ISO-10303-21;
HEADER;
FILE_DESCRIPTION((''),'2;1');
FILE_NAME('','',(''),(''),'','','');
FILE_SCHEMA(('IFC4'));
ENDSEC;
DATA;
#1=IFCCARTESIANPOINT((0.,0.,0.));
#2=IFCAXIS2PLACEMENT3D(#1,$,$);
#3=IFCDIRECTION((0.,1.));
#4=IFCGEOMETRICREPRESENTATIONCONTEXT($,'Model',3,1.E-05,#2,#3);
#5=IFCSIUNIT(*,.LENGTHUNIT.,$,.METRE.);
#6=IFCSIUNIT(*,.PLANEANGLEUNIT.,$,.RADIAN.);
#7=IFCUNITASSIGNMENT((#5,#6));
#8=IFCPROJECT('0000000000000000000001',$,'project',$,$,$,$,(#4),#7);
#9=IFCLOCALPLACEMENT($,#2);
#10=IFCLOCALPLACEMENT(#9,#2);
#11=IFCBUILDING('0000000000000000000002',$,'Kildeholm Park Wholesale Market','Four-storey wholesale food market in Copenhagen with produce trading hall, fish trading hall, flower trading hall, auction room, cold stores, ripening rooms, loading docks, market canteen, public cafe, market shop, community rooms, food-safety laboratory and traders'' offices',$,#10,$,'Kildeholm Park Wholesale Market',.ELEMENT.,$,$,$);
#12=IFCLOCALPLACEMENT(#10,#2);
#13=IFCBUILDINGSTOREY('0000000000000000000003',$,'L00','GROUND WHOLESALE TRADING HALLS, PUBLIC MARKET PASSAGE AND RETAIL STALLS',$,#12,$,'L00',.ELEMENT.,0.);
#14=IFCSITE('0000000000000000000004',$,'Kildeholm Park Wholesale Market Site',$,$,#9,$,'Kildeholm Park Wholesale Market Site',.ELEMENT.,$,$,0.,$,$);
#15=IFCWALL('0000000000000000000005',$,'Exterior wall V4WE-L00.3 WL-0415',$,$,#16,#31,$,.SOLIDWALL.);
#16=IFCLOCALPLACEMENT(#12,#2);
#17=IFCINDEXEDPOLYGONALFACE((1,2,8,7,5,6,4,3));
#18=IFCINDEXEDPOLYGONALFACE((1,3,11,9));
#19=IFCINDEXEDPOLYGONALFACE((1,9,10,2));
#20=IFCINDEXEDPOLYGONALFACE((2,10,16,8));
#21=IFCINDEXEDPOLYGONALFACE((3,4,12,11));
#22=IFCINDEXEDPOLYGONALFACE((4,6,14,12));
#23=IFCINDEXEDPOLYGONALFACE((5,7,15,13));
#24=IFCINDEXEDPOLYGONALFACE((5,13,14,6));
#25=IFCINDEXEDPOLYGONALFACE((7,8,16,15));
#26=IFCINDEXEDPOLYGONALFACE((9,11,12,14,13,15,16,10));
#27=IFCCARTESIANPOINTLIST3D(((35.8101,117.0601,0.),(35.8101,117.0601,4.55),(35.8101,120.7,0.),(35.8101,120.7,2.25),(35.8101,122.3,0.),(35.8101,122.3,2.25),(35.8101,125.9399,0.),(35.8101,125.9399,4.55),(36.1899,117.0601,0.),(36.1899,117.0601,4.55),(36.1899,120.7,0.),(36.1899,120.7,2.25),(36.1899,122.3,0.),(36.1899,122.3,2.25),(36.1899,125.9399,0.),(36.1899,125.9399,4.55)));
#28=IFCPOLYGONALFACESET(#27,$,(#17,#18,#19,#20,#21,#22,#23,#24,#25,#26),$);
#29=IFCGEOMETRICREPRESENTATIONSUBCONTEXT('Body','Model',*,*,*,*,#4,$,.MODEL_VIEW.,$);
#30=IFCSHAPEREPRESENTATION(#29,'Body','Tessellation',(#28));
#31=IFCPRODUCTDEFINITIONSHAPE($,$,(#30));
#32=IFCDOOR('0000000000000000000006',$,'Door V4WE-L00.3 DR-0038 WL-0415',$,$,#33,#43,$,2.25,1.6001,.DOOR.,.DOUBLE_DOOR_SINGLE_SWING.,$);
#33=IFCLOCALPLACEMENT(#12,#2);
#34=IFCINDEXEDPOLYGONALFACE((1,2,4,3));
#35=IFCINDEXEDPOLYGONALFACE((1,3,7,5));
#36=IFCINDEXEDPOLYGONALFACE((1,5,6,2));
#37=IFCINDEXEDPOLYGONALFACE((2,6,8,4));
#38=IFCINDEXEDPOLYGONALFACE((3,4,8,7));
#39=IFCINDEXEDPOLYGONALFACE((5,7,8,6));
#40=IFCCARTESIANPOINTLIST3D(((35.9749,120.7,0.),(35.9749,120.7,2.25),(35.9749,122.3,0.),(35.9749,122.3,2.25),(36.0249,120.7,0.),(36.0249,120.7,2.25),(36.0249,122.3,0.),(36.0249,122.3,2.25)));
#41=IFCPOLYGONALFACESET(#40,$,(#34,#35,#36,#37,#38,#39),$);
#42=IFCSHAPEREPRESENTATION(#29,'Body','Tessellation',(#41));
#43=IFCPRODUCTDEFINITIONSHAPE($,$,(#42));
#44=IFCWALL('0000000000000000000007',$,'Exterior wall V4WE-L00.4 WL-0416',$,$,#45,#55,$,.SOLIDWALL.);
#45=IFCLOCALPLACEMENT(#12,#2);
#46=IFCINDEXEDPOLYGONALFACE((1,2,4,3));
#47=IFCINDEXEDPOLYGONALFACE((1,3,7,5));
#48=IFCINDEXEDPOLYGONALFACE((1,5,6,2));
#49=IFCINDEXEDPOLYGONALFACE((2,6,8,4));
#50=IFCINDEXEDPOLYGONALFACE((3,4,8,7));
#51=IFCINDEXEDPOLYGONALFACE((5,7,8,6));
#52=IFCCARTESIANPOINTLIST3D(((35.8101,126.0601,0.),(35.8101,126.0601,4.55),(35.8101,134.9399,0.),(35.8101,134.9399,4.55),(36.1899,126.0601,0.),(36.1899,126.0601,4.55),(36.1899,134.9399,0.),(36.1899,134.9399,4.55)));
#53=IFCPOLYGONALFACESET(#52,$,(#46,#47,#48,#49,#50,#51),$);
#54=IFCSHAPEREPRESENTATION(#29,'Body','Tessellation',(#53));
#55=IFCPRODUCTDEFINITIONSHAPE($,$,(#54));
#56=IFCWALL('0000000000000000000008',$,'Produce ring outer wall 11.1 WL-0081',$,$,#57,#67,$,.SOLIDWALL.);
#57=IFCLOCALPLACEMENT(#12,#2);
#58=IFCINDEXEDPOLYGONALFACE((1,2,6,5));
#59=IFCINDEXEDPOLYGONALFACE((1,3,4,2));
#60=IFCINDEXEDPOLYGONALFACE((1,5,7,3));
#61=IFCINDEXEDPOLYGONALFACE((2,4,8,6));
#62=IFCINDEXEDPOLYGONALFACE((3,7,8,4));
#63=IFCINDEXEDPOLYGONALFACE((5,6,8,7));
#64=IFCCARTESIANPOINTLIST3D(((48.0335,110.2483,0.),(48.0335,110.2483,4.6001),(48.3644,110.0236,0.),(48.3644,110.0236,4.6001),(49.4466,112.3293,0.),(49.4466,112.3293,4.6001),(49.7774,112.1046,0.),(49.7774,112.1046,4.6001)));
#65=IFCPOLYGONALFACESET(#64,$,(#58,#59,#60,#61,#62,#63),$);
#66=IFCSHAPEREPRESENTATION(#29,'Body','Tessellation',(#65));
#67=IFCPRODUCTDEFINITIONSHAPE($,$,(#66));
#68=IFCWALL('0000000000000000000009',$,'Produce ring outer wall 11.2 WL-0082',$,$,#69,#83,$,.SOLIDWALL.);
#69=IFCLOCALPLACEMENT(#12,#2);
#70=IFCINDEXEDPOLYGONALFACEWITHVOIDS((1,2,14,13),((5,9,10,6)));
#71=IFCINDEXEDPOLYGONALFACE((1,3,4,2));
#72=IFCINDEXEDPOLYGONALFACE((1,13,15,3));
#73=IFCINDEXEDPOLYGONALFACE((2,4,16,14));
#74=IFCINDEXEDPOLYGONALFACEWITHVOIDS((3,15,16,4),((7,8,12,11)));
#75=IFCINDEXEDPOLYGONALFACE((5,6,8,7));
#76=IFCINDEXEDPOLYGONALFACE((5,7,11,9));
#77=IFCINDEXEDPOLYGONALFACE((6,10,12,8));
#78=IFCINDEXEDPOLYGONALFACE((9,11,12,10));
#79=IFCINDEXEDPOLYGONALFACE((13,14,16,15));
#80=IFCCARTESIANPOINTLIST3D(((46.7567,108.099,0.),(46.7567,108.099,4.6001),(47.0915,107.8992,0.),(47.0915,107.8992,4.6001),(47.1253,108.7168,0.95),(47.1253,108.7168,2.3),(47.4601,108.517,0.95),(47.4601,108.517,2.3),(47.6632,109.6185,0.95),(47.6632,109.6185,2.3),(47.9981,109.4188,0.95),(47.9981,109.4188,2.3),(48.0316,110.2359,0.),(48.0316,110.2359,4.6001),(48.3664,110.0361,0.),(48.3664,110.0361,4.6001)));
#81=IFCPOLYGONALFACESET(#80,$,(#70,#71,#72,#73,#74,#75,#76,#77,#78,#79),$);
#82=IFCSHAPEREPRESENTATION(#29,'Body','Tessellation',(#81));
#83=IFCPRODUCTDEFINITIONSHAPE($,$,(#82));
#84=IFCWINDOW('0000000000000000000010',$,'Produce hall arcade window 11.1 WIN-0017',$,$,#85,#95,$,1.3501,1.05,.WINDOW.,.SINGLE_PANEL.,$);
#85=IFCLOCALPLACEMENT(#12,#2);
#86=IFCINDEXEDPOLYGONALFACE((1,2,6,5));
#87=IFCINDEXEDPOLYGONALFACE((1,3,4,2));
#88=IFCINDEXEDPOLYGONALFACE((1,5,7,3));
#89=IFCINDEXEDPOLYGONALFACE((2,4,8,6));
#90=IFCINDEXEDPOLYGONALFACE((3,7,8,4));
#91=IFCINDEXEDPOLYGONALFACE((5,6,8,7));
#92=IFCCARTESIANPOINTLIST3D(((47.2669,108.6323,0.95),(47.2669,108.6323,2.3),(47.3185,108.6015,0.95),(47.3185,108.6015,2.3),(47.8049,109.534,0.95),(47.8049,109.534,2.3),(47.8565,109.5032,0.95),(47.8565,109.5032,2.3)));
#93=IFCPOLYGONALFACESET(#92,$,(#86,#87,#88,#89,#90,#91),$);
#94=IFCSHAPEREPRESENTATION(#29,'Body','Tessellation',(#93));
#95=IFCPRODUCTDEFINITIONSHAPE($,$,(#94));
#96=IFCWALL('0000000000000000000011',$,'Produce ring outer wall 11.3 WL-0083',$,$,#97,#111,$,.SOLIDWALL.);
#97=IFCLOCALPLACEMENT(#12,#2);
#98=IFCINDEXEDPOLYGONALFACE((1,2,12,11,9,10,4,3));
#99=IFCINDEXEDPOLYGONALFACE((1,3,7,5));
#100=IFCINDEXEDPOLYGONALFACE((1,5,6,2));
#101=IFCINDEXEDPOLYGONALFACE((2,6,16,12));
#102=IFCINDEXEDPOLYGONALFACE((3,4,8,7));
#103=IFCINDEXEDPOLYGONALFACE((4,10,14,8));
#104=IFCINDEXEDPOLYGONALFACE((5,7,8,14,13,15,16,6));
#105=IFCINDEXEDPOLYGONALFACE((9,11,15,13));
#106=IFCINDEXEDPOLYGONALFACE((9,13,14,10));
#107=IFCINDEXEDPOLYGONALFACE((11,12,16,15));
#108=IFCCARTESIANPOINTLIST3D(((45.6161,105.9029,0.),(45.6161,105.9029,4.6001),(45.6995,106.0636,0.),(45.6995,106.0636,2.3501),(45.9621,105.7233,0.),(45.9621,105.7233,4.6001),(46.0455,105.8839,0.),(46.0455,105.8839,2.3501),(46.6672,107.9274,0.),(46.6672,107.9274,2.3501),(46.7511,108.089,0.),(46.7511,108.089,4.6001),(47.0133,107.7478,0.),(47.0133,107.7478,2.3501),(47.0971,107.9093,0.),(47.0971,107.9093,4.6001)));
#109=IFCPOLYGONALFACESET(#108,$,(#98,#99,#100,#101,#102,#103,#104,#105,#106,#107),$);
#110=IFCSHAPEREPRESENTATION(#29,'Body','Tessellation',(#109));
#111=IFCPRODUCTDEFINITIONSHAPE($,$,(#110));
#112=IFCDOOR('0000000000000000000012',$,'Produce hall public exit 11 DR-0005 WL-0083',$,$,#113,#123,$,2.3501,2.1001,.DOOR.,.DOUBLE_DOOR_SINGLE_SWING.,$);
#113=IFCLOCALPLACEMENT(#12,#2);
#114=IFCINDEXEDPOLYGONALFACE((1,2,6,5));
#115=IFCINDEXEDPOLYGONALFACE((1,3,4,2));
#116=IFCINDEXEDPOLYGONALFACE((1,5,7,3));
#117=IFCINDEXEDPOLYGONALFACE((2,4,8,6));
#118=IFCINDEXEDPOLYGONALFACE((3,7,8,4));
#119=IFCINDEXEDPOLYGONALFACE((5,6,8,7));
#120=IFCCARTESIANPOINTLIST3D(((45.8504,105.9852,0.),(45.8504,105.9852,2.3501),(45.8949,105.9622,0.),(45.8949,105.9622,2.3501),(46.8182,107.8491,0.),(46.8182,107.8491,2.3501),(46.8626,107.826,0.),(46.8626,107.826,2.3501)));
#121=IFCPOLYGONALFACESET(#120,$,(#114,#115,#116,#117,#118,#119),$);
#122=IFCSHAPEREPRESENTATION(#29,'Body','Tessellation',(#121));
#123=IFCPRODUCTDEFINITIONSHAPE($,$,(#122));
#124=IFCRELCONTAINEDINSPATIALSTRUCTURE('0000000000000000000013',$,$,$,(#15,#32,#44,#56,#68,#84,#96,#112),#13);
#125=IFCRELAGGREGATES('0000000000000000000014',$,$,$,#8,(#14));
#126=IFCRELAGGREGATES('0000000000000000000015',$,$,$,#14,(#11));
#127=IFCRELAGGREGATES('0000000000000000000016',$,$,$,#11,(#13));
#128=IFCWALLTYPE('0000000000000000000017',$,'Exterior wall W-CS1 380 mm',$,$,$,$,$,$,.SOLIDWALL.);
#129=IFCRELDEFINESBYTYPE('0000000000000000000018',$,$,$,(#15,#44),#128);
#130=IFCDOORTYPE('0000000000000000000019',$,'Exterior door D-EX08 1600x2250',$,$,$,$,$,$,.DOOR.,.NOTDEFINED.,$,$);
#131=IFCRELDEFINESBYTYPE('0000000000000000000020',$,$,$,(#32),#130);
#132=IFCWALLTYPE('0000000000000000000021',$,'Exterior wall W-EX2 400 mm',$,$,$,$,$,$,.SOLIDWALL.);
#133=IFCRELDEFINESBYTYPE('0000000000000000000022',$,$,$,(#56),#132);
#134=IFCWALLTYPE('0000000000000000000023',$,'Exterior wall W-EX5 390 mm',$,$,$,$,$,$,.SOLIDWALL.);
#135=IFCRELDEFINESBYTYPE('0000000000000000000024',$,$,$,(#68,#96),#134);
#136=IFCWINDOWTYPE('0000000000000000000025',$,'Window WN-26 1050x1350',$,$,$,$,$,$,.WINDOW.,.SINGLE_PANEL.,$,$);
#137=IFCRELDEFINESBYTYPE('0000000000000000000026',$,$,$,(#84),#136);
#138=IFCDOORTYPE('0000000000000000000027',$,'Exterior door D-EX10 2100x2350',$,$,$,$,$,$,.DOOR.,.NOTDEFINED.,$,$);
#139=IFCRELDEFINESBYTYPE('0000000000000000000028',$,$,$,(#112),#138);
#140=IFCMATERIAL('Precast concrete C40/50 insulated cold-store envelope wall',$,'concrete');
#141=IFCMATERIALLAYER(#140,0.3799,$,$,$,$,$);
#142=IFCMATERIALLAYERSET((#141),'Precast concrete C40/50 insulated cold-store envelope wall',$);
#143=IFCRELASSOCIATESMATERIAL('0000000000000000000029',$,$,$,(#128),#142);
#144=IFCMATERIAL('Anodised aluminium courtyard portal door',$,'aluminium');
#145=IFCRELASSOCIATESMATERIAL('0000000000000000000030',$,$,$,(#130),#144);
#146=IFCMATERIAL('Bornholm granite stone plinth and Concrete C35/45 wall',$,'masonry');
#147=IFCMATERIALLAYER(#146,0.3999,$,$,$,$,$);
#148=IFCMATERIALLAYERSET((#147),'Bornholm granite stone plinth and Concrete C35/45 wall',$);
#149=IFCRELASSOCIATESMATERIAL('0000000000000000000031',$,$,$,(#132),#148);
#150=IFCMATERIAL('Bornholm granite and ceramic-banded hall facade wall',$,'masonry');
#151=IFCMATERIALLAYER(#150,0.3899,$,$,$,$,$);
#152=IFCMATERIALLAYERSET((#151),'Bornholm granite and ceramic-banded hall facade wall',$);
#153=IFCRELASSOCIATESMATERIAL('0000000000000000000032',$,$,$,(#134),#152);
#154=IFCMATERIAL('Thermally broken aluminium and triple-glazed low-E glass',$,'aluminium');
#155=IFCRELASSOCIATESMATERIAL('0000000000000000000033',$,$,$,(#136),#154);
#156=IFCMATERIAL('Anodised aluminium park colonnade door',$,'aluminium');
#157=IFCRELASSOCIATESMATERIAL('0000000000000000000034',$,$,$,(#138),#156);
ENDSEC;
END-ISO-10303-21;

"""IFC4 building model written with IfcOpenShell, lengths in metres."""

from ifc_helpers import new_model, si_unit, direction, frame, frame_2d, origin, place, context, subcontext, project, spatial, rectangle, extrude, material, layer, layer_set, type_object, element, fill, save


model = new_model("IFC4")

# Units and contexts
model_context = context("Model", 3, precision=1e-05, world=origin(), true_north=direction((0.0, 1.0)))
body_context = subcontext(model_context, "Body", "Model", "MODEL_VIEW")
ifc_project = project(units=[si_unit("LENGTHUNIT", "METRE"), si_unit("PLANEANGLEUNIT", "RADIAN")], contexts=[model_context])

# Site, building, storey
site_placement = place(None, origin())
site = spatial("IfcSite", under=ifc_project, at=site_placement, Name="Kildeholm Park Wholesale Market Site", LongName="Kildeholm Park Wholesale Market Site", CompositionType="ELEMENT", RefElevation=0.0)
building_placement = place(site_placement, origin())
building = spatial("IfcBuilding", under=site, at=building_placement, Name="Kildeholm Park Wholesale Market", Description="Four-storey wholesale food market in Copenhagen with produce trading hall, fish trading hall, flower trading hall, auction room, cold stores, ripening rooms, loading docks, market canteen, public cafe, market shop, community rooms, food-safety laboratory and traders' offices", LongName="Kildeholm Park Wholesale Market", CompositionType="ELEMENT")
storey_placement = place(building_placement, origin())
storey = spatial("IfcBuildingStorey", under=building, at=storey_placement, Name="L00", Description="GROUND WHOLESALE TRADING HALLS, PUBLIC MARKET PASSAGE AND RETAIL STALLS", LongName="L00", CompositionType="ELEMENT", Elevation=0.0)

# Shared definitions
ifc_material_1 = material(Name="Precast concrete C40/50 insulated cold-store envelope wall", Category="concrete")
ifc_layer_1 = layer(ifc_material_1, 0.3799)
ifc_layer_set_1 = layer_set([ifc_layer_1], Name="Precast concrete C40/50 insulated cold-store envelope wall")
wall_type_1 = type_object("IfcWallType", Name="Exterior wall W-CS1 380 mm", PredefinedType="SOLIDWALL", material=ifc_layer_set_1)

# Wall, opening, door
wall_1_placement = place(storey_placement, frame((36.0, 117.0601, 0.0), z_axis=(0.0, 0.0, 1.0), x_axis=(0.0, 1.0, 0.0)))
wall_1 = element("IfcWall", 1, at=wall_1_placement, inside=storey, type_object=wall_type_1, Name="Exterior wall V4WE-L00.3 WL-0415", PredefinedType="SOLIDWALL", context=body_context, shape_type="SweptSolid", body=[
    extrude(rectangle(XDim=8.8799, YDim=0.3799, at=frame_2d((4.4399, 0.0))), origin(), (0.0, 0.0, 1.0), 4.55),
])
opening_1_placement = place(wall_1_placement, frame((3.6399, 0.0, 0.0)))
opening_1 = element("IfcOpeningElement", 2, at=opening_1_placement, cuts=wall_1, PredefinedType="OPENING", context=body_context, shape_type="SweptSolid", body=[
    extrude(rectangle(XDim=1.6001, YDim=2.25, at=frame_2d((0.8, 1.125))), frame((0.0, 0.2, 0.0), z_axis=(0.0, -1.0, 0.0), x_axis=(1.0, 0.0, 0.0)), (0.0, 0.0, 1.0), 0.3999),
])
ifc_material_2 = material(Name="Anodised aluminium courtyard portal door", Category="aluminium")
door_type_1 = type_object("IfcDoorType", Name="Exterior door D-EX08 1600x2250", OperationType="NOTDEFINED", PredefinedType="DOOR", material=ifc_material_2)
door_1_placement = place(opening_1_placement, frame((1.6001, 0.0, 0.0), z_axis=(0.0, 0.0, 1.0), x_axis=(-1.0, 0.0, 0.0)))
door_1 = element("IfcDoor", 3, at=door_1_placement, inside=storey, type_object=door_type_1, Name="Door V4WE-L00.3 DR-0038 WL-0415", OperationType="DOUBLE_DOOR_SINGLE_SWING", OverallHeight=2.25, OverallWidth=1.6001, PredefinedType="DOOR", context=body_context, shape_type="SweptSolid", body=[
    extrude(rectangle(XDim=1.6001, YDim=2.25, at=frame_2d((0.8, 1.125))), frame((0.0, 0.0249, 0.0), z_axis=(0.0, -1.0, 0.0), x_axis=(1.0, 0.0, 0.0)), (0.0, 0.0, 1.0), 0.05),
])
fill(opening_1, door_1)

# Walls
wall_2_placement = place(storey_placement, frame((36.0, 126.0601, 0.0), z_axis=(0.0, 0.0, 1.0), x_axis=(0.0, 1.0, 0.0)))
element("IfcWall", 4, at=wall_2_placement, inside=storey, type_object=wall_type_1, Name="Exterior wall V4WE-L00.4 WL-0416", PredefinedType="SOLIDWALL", context=body_context, shape_type="SweptSolid", body=[
    extrude(rectangle(XDim=8.8799, YDim=0.3799, at=frame_2d((4.4399, 0.0))), origin(), (0.0, 0.0, 1.0), 4.55),
])
ifc_material_3 = material(Name="Bornholm granite stone plinth and Concrete C35/45 wall", Category="masonry")
ifc_layer_2 = layer(ifc_material_3, 0.3999)
ifc_layer_set_2 = layer_set([ifc_layer_2], Name="Bornholm granite stone plinth and Concrete C35/45 wall")
wall_type_2 = type_object("IfcWallType", Name="Exterior wall W-EX2 400 mm", PredefinedType="SOLIDWALL", material=ifc_layer_set_2)
wall_3_placement = place(storey_placement, frame((49.6121, 112.217, 0.0), z_axis=(0.0, 0.0, 1.0), x_axis=(-0.561758, -0.827302, 0.0)))
element("IfcWall", 5, at=wall_3_placement, inside=storey, type_object=wall_type_2, Name="Produce ring outer wall 11.1 WL-0081", PredefinedType="SOLIDWALL", context=body_context, shape_type="SweptSolid", body=[
    extrude(rectangle(XDim=2.5154, YDim=0.3999, at=frame_2d((1.2578, 0.0))), origin(), (0.0, 0.0, 1.0), 4.6001),
])

# Wall, opening, window
ifc_material_4 = material(Name="Bornholm granite and ceramic-banded hall facade wall", Category="masonry")
ifc_layer_3 = layer(ifc_material_4, 0.3899)
ifc_layer_set_3 = layer_set([ifc_layer_3], Name="Bornholm granite and ceramic-banded hall facade wall")
wall_type_3 = type_object("IfcWallType", Name="Exterior wall W-EX5 390 mm", PredefinedType="SOLIDWALL", material=ifc_layer_set_3)
wall_4_placement = place(storey_placement, frame((48.199, 110.136, 0.0), z_axis=(0.0, 0.0, 1.0), x_axis=(-0.512344, -0.85878, 0.0)))
wall_4 = element("IfcWall", 6, at=wall_4_placement, inside=storey, type_object=wall_type_3, Name="Produce ring outer wall 11.2 WL-0082", PredefinedType="SOLIDWALL", context=body_context, shape_type="SweptSolid", body=[
    extrude(rectangle(XDim=2.4883, YDim=0.3899, at=frame_2d((1.2441, 0.0))), origin(), (0.0, 0.0, 1.0), 4.6001),
])
opening_2_placement = place(wall_4_placement, frame((0.719, 0.0, 0.95)))
opening_2 = element("IfcOpeningElement", 7, at=opening_2_placement, cuts=wall_4, PredefinedType="OPENING", context=body_context, shape_type="SweptSolid", body=[
    extrude(rectangle(XDim=1.05, YDim=1.3501, at=frame_2d((0.5249, 0.675))), frame((0.0, 0.2048, 0.0), z_axis=(0.0, -1.0, 0.0), x_axis=(1.0, 0.0, 0.0)), (0.0, 0.0, 1.0), 0.4099),
])
ifc_material_5 = material(Name="Thermally broken aluminium and triple-glazed low-E glass", Category="aluminium")
window_type = type_object("IfcWindowType", Name="Window WN-26 1050x1350", PartitioningType="SINGLE_PANEL", PredefinedType="WINDOW", material=ifc_material_5)
window_placement = place(opening_2_placement, origin())
window = element("IfcWindow", 8, at=window_placement, inside=storey, type_object=window_type, Name="Produce hall arcade window 11.1 WIN-0017", OverallHeight=1.3501, OverallWidth=1.05, PartitioningType="SINGLE_PANEL", PredefinedType="WINDOW", context=body_context, shape_type="SweptSolid", body=[
    extrude(rectangle(XDim=1.05, YDim=1.3501, at=frame_2d((0.5249, 0.675))), frame((0.0, 0.03, 0.0), z_axis=(0.0, -1.0, 0.0), x_axis=(1.0, 0.0, 0.0)), (0.0, 0.0, 1.0), 0.0601),
])
fill(opening_2, window)

# Wall, opening, door
wall_5_placement = place(storey_placement, frame((46.9241, 107.999, 0.0), z_axis=(0.0, 0.0, 1.0), x_axis=(-0.4608, -0.887504, 0.0)))
wall_5 = element("IfcWall", 9, at=wall_5_placement, inside=storey, type_object=wall_type_3, Name="Produce ring outer wall 11.3 WL-0083", PredefinedType="SOLIDWALL", context=body_context, shape_type="SweptSolid", body=[
    extrude(rectangle(XDim=2.4631, YDim=0.3899, at=frame_2d((1.2314, 0.0))), origin(), (0.0, 0.0, 1.0), 4.6001),
])
opening_3_placement = place(wall_5_placement, frame((0.1819, 0.0, 0.0)))
opening_3 = element("IfcOpeningElement", 10, at=opening_3_placement, cuts=wall_5, PredefinedType="OPENING", context=body_context, shape_type="SweptSolid", body=[
    extrude(rectangle(XDim=2.1001, YDim=2.3501, at=frame_2d((1.05, 1.175))), frame((0.0, 0.2048, 0.0), z_axis=(0.0, -1.0, 0.0), x_axis=(1.0, 0.0, 0.0)), (0.0, 0.0, 1.0), 0.4099),
])
ifc_material_6 = material(Name="Anodised aluminium park colonnade door", Category="aluminium")
door_type_2 = type_object("IfcDoorType", Name="Exterior door D-EX10 2100x2350", OperationType="NOTDEFINED", PredefinedType="DOOR", material=ifc_material_6)
door_2_placement = place(opening_3_placement, frame((2.1001, 0.0, 0.0), z_axis=(0.0, 0.0, 1.0), x_axis=(-1.0, 0.0, 0.0)))
door_2 = element("IfcDoor", 11, at=door_2_placement, inside=storey, type_object=door_type_2, Name="Produce hall public exit 11 DR-0005 WL-0083", OperationType="DOUBLE_DOOR_SINGLE_SWING", OverallHeight=2.3501, OverallWidth=2.1001, PredefinedType="DOOR", context=body_context, shape_type="SweptSolid", body=[
    extrude(rectangle(XDim=2.1001, YDim=2.3501, at=frame_2d((1.05, 1.175))), frame((0.0, 0.0249, 0.0), z_axis=(0.0, -1.0, 0.0), x_axis=(1.0, 0.0, 0.0)), (0.0, 0.0, 1.0), 0.05),
])
fill(opening_3, door_2)

save(model, "model.ifc")
